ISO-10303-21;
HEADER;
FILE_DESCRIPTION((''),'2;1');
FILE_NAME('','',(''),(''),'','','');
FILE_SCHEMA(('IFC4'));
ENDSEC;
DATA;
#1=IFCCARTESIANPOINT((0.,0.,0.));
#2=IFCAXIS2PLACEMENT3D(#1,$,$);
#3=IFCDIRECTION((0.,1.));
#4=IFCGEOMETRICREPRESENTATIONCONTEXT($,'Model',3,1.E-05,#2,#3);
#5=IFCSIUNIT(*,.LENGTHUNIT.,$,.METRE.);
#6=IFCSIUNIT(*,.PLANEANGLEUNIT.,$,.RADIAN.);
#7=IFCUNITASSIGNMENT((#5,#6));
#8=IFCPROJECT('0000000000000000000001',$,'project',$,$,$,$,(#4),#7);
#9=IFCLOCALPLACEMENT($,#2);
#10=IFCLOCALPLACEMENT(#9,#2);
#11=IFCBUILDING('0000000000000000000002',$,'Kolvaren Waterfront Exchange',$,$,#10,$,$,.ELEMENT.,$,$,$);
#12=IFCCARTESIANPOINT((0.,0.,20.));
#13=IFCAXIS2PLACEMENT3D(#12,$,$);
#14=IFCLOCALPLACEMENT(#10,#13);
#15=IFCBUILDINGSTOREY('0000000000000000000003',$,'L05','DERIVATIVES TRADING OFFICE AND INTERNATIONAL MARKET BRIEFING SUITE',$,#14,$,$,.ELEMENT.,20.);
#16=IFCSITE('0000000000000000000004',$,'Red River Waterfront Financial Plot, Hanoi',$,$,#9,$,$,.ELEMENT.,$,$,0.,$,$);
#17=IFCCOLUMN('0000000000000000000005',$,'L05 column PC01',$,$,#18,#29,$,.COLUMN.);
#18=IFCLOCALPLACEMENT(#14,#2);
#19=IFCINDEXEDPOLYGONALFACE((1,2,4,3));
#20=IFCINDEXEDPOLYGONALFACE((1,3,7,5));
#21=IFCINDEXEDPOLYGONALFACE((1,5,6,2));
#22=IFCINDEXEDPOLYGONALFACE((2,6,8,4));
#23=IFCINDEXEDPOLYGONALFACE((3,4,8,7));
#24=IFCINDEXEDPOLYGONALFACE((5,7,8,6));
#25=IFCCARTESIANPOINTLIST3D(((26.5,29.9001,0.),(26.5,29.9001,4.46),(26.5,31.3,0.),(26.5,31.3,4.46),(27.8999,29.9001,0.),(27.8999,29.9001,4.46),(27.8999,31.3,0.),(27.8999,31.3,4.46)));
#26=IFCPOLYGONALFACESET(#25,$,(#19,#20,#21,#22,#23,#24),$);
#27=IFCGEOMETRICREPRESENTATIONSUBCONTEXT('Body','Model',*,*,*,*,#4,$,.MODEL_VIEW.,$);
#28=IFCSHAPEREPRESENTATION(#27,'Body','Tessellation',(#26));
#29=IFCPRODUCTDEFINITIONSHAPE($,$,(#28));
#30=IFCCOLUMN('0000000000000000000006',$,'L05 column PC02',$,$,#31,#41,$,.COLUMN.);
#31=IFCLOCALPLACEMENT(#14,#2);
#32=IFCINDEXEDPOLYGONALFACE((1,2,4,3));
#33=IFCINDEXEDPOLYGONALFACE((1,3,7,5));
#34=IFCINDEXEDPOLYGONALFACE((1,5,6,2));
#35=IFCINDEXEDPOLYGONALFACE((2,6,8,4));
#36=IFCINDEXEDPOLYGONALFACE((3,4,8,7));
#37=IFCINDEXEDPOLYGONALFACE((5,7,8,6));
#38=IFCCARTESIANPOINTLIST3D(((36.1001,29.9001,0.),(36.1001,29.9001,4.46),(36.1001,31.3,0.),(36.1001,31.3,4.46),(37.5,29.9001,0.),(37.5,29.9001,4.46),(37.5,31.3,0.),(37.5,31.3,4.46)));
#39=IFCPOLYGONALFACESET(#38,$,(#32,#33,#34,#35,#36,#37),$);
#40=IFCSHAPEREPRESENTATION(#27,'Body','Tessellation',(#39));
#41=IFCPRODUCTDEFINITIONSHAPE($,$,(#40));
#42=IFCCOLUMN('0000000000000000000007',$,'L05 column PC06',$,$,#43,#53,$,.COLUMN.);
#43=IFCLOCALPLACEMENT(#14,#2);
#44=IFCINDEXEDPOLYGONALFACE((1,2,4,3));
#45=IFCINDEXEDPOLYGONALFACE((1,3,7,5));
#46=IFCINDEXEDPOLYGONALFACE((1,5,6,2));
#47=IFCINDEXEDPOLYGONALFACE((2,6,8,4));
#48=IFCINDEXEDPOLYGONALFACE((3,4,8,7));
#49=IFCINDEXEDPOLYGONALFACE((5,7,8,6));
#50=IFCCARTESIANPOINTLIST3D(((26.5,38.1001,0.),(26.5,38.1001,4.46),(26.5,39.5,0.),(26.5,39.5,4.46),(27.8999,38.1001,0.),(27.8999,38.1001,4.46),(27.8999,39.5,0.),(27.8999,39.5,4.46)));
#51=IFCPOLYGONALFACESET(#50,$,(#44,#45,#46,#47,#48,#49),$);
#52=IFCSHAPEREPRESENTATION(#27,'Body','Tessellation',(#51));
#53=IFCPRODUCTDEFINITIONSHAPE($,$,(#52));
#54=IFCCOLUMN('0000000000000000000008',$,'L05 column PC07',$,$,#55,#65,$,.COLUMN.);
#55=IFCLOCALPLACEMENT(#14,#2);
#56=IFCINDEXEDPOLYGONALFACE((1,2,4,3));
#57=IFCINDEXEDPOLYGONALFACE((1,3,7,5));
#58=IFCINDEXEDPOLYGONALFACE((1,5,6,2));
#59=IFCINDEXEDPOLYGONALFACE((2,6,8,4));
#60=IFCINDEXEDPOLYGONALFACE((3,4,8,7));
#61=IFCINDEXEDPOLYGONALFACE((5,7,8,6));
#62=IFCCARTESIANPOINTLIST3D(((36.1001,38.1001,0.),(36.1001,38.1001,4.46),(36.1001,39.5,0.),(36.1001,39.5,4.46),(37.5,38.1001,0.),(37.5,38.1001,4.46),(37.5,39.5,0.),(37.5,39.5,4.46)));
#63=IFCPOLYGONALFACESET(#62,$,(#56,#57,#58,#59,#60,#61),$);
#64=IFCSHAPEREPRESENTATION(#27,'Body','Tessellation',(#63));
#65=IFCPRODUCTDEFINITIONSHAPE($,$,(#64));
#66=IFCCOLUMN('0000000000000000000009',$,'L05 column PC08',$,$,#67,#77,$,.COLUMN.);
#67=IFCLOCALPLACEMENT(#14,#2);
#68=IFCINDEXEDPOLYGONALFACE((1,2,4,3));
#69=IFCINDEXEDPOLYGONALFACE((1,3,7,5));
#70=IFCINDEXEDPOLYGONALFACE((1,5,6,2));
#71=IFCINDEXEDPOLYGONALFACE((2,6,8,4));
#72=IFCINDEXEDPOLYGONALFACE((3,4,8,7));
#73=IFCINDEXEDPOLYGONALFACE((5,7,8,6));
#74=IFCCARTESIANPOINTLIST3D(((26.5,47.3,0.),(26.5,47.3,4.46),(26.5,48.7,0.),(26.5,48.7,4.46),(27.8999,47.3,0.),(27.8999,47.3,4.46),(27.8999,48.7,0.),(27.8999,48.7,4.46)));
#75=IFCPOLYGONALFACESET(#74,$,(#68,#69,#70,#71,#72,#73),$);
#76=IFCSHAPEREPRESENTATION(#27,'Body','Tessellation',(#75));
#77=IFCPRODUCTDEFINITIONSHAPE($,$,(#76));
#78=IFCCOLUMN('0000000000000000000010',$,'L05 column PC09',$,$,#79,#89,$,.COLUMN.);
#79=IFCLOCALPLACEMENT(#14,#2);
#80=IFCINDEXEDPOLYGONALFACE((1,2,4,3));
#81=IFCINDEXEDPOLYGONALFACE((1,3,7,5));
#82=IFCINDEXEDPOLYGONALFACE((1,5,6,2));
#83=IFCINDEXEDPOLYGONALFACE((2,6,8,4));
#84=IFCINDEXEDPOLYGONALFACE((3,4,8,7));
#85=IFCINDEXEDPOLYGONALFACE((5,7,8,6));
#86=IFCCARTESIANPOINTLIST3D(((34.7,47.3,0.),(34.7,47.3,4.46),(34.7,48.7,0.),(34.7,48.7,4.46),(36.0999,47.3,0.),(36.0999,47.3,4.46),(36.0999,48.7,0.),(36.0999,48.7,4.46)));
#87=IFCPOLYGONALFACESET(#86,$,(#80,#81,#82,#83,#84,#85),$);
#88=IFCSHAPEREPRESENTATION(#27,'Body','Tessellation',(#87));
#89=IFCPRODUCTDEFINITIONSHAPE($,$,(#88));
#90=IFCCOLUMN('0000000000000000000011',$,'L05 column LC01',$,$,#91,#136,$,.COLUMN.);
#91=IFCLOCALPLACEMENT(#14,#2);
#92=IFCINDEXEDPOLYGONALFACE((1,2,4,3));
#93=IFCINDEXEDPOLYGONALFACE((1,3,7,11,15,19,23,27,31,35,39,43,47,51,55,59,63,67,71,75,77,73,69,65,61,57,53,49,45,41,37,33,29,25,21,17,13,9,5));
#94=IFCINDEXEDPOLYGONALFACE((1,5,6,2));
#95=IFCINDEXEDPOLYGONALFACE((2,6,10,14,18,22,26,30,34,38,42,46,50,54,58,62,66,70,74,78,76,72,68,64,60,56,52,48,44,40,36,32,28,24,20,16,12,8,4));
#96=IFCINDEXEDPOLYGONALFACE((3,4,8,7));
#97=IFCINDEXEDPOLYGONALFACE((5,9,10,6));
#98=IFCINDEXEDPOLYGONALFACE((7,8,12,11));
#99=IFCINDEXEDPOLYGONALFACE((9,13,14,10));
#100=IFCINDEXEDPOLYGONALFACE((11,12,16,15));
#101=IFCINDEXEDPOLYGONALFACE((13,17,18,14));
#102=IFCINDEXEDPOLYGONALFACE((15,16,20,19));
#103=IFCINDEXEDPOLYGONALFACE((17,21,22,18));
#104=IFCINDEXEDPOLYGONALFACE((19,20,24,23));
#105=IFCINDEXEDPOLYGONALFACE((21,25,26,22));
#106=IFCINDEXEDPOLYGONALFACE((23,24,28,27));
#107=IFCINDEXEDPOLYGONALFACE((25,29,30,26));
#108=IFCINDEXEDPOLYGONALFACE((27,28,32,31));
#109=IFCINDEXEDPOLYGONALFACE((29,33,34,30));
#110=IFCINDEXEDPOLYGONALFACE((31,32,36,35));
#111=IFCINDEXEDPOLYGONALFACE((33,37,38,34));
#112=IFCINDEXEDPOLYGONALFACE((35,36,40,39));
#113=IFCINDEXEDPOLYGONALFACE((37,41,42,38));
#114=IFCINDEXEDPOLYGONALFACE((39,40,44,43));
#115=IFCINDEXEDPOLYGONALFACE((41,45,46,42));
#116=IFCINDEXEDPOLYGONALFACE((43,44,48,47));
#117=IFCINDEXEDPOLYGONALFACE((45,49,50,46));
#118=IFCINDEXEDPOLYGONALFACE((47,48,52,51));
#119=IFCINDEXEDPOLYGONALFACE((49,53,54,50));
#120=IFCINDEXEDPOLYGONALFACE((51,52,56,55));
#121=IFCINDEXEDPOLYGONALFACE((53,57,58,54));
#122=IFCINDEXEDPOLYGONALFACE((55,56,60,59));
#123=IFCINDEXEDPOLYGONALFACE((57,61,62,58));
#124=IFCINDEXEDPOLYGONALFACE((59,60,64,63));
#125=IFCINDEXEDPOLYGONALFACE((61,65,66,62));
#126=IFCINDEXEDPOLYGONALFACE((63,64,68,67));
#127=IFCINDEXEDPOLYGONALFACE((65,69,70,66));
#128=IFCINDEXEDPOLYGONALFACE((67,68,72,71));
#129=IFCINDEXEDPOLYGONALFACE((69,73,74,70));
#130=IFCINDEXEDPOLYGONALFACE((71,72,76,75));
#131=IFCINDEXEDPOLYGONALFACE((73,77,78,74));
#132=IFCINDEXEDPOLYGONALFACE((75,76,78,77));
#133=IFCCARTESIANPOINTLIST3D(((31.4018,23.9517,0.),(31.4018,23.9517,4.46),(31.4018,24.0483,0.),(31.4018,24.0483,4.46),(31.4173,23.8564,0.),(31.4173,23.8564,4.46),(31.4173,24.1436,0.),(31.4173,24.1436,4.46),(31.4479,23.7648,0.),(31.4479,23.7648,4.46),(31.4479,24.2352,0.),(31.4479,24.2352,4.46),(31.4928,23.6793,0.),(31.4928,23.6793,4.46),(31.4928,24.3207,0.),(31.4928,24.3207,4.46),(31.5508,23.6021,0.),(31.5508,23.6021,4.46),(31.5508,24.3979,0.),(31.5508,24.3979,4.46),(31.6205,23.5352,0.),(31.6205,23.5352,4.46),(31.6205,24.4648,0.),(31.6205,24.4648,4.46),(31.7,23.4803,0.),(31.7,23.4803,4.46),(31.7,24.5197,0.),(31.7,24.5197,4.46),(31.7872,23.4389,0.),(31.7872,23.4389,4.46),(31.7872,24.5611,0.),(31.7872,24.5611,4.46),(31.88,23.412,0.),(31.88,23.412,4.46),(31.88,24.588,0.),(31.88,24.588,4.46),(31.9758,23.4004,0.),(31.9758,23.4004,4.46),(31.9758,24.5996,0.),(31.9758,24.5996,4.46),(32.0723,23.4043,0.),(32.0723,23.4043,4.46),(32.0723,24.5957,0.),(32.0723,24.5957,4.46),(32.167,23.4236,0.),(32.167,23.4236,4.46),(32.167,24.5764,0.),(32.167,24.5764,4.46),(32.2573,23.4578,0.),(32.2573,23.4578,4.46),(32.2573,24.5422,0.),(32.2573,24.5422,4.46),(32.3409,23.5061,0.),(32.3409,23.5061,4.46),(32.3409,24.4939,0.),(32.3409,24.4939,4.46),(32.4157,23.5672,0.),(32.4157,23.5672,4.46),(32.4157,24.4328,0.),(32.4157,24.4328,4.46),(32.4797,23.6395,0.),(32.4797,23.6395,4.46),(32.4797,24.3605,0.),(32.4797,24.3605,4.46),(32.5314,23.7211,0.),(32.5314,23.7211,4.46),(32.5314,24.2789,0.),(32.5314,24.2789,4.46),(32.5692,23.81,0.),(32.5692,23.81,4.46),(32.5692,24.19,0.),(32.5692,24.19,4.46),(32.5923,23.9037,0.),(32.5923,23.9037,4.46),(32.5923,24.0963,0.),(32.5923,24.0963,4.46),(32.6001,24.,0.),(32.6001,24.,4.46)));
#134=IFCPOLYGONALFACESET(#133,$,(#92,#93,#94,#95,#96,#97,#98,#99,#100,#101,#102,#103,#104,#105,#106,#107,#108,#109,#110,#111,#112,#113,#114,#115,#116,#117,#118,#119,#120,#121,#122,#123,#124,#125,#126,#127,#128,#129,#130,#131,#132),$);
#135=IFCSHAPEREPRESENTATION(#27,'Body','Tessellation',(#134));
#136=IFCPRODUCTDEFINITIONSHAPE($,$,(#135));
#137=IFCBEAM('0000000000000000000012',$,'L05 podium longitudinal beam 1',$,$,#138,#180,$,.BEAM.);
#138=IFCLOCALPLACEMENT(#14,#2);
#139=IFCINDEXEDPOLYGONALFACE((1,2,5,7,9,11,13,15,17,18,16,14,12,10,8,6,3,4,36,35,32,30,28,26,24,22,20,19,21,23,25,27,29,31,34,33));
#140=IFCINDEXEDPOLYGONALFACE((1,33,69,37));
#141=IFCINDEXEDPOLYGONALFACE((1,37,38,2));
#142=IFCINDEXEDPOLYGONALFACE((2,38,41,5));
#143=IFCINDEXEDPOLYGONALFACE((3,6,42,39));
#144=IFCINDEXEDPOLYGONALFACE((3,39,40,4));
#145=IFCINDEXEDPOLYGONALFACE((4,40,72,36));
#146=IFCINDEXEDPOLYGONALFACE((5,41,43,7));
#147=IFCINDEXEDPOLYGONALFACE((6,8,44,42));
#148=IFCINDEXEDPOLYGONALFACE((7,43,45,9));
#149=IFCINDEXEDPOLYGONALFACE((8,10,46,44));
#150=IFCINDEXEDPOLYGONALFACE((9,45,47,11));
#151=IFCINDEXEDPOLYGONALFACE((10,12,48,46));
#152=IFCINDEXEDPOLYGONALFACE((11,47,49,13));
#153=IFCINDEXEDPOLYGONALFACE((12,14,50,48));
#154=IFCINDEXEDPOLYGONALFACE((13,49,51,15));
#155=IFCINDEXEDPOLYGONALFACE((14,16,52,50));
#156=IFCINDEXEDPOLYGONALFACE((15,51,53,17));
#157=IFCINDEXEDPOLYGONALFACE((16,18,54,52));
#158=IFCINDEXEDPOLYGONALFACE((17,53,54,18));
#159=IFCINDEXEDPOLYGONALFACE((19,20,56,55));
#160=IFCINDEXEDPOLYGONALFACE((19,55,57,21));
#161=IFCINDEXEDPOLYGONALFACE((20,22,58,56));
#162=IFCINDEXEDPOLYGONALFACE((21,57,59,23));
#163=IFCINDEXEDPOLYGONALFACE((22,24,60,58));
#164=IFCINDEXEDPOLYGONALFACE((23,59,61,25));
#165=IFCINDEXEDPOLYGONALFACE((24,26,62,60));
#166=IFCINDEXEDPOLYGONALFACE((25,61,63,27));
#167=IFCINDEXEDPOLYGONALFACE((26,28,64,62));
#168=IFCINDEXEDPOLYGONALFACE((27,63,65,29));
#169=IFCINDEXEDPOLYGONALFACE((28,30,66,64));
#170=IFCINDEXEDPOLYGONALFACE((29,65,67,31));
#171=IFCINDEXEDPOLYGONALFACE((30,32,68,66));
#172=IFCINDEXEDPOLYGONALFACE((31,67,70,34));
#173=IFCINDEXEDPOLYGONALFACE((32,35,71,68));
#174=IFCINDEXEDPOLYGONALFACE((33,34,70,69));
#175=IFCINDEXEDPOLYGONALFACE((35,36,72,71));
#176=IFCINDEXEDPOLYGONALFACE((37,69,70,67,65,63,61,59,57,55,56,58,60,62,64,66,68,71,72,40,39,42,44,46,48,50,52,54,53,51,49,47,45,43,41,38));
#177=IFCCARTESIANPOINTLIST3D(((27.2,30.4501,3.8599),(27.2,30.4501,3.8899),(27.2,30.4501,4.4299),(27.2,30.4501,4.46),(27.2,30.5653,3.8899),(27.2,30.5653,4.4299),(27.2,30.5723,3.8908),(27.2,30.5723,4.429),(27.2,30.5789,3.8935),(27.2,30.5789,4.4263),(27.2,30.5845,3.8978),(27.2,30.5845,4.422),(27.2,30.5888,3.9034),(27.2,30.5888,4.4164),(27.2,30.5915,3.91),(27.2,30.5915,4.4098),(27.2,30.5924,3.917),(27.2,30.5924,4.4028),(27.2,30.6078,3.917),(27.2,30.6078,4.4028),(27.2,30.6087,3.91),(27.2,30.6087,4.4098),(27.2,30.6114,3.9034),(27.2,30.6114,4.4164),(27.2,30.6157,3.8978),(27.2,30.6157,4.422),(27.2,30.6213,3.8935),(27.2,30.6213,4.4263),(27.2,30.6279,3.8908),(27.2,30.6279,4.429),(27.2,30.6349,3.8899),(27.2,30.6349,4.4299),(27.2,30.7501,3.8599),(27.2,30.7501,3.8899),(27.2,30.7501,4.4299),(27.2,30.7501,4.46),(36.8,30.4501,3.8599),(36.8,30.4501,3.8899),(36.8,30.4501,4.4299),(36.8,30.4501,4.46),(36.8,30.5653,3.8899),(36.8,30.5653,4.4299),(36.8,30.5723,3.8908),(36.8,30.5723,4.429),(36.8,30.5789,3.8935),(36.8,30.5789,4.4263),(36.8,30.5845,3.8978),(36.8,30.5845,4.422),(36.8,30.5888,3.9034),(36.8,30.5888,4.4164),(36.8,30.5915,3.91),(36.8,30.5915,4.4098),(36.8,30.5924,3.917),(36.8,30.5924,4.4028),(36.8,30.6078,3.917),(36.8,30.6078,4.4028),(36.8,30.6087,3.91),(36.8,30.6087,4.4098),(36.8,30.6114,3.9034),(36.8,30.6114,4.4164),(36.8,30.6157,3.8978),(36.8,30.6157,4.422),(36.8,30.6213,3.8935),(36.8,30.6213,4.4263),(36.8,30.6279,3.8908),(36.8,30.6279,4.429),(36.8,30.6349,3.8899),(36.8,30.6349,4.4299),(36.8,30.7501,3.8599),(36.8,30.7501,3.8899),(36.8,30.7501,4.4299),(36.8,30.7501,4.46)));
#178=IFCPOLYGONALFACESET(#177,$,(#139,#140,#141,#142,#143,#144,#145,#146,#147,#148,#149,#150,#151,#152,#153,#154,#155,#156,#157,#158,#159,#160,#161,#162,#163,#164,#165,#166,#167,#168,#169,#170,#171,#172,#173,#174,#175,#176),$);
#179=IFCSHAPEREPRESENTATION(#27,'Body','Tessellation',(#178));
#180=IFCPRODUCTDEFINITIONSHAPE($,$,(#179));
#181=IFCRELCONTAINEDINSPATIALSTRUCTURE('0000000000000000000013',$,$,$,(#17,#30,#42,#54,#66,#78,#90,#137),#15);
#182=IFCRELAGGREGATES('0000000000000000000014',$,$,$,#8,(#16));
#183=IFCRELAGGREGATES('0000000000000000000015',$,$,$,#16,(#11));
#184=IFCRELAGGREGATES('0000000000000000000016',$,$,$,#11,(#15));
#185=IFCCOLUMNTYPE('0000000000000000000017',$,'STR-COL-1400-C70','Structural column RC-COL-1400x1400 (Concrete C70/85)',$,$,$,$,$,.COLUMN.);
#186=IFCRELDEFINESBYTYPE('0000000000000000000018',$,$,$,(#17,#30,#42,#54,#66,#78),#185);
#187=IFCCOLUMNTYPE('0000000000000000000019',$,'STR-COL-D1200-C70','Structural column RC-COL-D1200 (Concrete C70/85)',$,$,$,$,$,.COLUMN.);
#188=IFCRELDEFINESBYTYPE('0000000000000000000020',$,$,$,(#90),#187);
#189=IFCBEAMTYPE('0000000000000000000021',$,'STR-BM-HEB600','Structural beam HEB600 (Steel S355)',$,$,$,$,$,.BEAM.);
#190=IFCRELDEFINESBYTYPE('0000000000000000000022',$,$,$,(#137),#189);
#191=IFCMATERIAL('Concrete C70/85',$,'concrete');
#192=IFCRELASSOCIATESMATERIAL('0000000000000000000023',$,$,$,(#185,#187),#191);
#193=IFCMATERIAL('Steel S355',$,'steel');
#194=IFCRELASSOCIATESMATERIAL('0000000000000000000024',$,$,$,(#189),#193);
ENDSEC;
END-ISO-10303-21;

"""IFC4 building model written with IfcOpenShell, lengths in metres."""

from ifc_helpers import new_model, si_unit, direction, frame, origin, origin_2d, place, context, subcontext, project, spatial, rectangle, circle, i_section, extrude, material, material_profile, profile_set, type_object, element, save


model = new_model("IFC4")

# Units and contexts
model_context = context("Model", 3, precision=1e-05, world=origin(), true_north=direction((0.0, 1.0)))
body_context = subcontext(model_context, "Body", "Model", "MODEL_VIEW")
ifc_project = project(units=[si_unit("LENGTHUNIT", "METRE"), si_unit("PLANEANGLEUNIT", "RADIAN")], contexts=[model_context])

# Site, building, storey
site_placement = place(None, origin())
site = spatial("IfcSite", under=ifc_project, at=site_placement, Name="Red River Waterfront Financial Plot, Hanoi", CompositionType="ELEMENT", RefElevation=0.0)
building_placement = place(site_placement, origin())
building = spatial("IfcBuilding", under=site, at=building_placement, Name="Kolvaren Waterfront Exchange", CompositionType="ELEMENT")
storey_placement = place(building_placement, frame((0.0, 0.0, 20.0)))
storey = spatial("IfcBuildingStorey", under=building, at=storey_placement, Name="L05", Description="DERIVATIVES TRADING OFFICE AND INTERNATIONAL MARKET BRIEFING SUITE", CompositionType="ELEMENT", Elevation=20.0)

# Columns
ifc_material_1 = material(Name="Concrete C70/85", Category="concrete")
ifc_material_profile_1 = material_profile(ifc_material_1, rectangle(XDim=1.3999, YDim=1.3999, at=origin_2d()), Name="RC-COL-1400x1400")
ifc_profile_set_1 = profile_set([ifc_material_profile_1], Name="Concrete C70/85")
column_type_1 = type_object("IfcColumnType", Name="STR-COL-1400-C70", Description="Structural column RC-COL-1400x1400 (Concrete C70/85)", PredefinedType="COLUMN", material=ifc_profile_set_1)
for number, where, z_axis, x_axis, name in (
    (1, (27.2, 30.6001, 0.0), (0.0, 0.0, 1.0), (1.0, 0.0, 0.0), "L05 column PC01"),
    (2, (36.8, 30.6001, 0.0), (0.0, 0.0, 1.0), (1.0, 0.0, 0.0), "L05 column PC02"),
    (3, (27.2, 38.8, 0.0), (0.0, 0.0, 1.0), (1.0, 0.0, 0.0), "L05 column PC06"),
    (4, (36.8, 38.8, 0.0), (0.0, 0.0, 1.0), (1.0, 0.0, 0.0), "L05 column PC07"),
    (5, (27.2, 48.0, 0.0), (0.0, 0.0, 1.0), (1.0, 0.0, 0.0), "L05 column PC08"),
    (6, (35.3999, 48.0, 0.0), (0.0, 0.0, 1.0), (1.0, 0.0, 0.0), "L05 column PC09"),
):
    element("IfcColumn", number, at=place(storey_placement, frame(where, z_axis=z_axis, x_axis=x_axis)), inside=storey, type_object=column_type_1, Name=name, PredefinedType="COLUMN", context=body_context, shape_type="SweptSolid", body=[
        extrude(rectangle(XDim=1.3999, YDim=1.3999, at=origin_2d()), origin(), (0.0, 0.0, 1.0), 4.46),
    ])
ifc_material_profile_2 = material_profile(ifc_material_1, circle(Radius=0.6001, at=origin_2d()), Name="RC-COL-D1200")
ifc_profile_set_2 = profile_set([ifc_material_profile_2], Name="Concrete C70/85")
column_type_2 = type_object("IfcColumnType", Name="STR-COL-D1200-C70", Description="Structural column RC-COL-D1200 (Concrete C70/85)", PredefinedType="COLUMN", material=ifc_profile_set_2)
column_placement = place(storey_placement, frame((32.0, 24.0, 0.0), z_axis=(0.0, 0.0, 1.0), x_axis=(1.0, 0.0, 0.0)))
element("IfcColumn", 7, at=column_placement, inside=storey, type_object=column_type_2, Name="L05 column LC01", PredefinedType="COLUMN", context=body_context, shape_type="SweptSolid", body=[
    extrude(circle(Radius=0.6001, at=origin_2d()), origin(), (0.0, 0.0, 1.0), 4.46),
])

# Beam
ifc_material_2 = material(Name="Steel S355", Category="steel")
ifc_material_profile_3 = material_profile(ifc_material_2, i_section(OverallWidth=0.3, OverallDepth=0.6001, WebThickness=0.0154, FlangeThickness=0.03, FilletRadius=0.0271, at=origin_2d()), Name="HEB600")
ifc_profile_set_3 = profile_set([ifc_material_profile_3], Name="Steel S355")
beam_type_1 = type_object("IfcBeamType", Name="STR-BM-HEB600", Description="Structural beam HEB600 (Steel S355)", PredefinedType="BEAM", material=ifc_profile_set_3)
beam_1_placement = place(storey_placement, frame((27.2, 30.6001, 4.1599), z_axis=(1.0, 0.0, 0.0), x_axis=(0.0, 1.0, 0.0)))
element("IfcBeam", 8, at=beam_1_placement, inside=storey, type_object=beam_type_1, Name="L05 podium longitudinal beam 1", PredefinedType="BEAM", context=body_context, shape_type="SweptSolid", body=[
    extrude(i_section(OverallWidth=0.3, OverallDepth=0.6001, WebThickness=0.0154, FlangeThickness=0.03, FilletRadius=0.0271, at=origin_2d()), origin(), (0.0, 0.0, 1.0), 9.6001),
])

save(model, "model.ifc")
